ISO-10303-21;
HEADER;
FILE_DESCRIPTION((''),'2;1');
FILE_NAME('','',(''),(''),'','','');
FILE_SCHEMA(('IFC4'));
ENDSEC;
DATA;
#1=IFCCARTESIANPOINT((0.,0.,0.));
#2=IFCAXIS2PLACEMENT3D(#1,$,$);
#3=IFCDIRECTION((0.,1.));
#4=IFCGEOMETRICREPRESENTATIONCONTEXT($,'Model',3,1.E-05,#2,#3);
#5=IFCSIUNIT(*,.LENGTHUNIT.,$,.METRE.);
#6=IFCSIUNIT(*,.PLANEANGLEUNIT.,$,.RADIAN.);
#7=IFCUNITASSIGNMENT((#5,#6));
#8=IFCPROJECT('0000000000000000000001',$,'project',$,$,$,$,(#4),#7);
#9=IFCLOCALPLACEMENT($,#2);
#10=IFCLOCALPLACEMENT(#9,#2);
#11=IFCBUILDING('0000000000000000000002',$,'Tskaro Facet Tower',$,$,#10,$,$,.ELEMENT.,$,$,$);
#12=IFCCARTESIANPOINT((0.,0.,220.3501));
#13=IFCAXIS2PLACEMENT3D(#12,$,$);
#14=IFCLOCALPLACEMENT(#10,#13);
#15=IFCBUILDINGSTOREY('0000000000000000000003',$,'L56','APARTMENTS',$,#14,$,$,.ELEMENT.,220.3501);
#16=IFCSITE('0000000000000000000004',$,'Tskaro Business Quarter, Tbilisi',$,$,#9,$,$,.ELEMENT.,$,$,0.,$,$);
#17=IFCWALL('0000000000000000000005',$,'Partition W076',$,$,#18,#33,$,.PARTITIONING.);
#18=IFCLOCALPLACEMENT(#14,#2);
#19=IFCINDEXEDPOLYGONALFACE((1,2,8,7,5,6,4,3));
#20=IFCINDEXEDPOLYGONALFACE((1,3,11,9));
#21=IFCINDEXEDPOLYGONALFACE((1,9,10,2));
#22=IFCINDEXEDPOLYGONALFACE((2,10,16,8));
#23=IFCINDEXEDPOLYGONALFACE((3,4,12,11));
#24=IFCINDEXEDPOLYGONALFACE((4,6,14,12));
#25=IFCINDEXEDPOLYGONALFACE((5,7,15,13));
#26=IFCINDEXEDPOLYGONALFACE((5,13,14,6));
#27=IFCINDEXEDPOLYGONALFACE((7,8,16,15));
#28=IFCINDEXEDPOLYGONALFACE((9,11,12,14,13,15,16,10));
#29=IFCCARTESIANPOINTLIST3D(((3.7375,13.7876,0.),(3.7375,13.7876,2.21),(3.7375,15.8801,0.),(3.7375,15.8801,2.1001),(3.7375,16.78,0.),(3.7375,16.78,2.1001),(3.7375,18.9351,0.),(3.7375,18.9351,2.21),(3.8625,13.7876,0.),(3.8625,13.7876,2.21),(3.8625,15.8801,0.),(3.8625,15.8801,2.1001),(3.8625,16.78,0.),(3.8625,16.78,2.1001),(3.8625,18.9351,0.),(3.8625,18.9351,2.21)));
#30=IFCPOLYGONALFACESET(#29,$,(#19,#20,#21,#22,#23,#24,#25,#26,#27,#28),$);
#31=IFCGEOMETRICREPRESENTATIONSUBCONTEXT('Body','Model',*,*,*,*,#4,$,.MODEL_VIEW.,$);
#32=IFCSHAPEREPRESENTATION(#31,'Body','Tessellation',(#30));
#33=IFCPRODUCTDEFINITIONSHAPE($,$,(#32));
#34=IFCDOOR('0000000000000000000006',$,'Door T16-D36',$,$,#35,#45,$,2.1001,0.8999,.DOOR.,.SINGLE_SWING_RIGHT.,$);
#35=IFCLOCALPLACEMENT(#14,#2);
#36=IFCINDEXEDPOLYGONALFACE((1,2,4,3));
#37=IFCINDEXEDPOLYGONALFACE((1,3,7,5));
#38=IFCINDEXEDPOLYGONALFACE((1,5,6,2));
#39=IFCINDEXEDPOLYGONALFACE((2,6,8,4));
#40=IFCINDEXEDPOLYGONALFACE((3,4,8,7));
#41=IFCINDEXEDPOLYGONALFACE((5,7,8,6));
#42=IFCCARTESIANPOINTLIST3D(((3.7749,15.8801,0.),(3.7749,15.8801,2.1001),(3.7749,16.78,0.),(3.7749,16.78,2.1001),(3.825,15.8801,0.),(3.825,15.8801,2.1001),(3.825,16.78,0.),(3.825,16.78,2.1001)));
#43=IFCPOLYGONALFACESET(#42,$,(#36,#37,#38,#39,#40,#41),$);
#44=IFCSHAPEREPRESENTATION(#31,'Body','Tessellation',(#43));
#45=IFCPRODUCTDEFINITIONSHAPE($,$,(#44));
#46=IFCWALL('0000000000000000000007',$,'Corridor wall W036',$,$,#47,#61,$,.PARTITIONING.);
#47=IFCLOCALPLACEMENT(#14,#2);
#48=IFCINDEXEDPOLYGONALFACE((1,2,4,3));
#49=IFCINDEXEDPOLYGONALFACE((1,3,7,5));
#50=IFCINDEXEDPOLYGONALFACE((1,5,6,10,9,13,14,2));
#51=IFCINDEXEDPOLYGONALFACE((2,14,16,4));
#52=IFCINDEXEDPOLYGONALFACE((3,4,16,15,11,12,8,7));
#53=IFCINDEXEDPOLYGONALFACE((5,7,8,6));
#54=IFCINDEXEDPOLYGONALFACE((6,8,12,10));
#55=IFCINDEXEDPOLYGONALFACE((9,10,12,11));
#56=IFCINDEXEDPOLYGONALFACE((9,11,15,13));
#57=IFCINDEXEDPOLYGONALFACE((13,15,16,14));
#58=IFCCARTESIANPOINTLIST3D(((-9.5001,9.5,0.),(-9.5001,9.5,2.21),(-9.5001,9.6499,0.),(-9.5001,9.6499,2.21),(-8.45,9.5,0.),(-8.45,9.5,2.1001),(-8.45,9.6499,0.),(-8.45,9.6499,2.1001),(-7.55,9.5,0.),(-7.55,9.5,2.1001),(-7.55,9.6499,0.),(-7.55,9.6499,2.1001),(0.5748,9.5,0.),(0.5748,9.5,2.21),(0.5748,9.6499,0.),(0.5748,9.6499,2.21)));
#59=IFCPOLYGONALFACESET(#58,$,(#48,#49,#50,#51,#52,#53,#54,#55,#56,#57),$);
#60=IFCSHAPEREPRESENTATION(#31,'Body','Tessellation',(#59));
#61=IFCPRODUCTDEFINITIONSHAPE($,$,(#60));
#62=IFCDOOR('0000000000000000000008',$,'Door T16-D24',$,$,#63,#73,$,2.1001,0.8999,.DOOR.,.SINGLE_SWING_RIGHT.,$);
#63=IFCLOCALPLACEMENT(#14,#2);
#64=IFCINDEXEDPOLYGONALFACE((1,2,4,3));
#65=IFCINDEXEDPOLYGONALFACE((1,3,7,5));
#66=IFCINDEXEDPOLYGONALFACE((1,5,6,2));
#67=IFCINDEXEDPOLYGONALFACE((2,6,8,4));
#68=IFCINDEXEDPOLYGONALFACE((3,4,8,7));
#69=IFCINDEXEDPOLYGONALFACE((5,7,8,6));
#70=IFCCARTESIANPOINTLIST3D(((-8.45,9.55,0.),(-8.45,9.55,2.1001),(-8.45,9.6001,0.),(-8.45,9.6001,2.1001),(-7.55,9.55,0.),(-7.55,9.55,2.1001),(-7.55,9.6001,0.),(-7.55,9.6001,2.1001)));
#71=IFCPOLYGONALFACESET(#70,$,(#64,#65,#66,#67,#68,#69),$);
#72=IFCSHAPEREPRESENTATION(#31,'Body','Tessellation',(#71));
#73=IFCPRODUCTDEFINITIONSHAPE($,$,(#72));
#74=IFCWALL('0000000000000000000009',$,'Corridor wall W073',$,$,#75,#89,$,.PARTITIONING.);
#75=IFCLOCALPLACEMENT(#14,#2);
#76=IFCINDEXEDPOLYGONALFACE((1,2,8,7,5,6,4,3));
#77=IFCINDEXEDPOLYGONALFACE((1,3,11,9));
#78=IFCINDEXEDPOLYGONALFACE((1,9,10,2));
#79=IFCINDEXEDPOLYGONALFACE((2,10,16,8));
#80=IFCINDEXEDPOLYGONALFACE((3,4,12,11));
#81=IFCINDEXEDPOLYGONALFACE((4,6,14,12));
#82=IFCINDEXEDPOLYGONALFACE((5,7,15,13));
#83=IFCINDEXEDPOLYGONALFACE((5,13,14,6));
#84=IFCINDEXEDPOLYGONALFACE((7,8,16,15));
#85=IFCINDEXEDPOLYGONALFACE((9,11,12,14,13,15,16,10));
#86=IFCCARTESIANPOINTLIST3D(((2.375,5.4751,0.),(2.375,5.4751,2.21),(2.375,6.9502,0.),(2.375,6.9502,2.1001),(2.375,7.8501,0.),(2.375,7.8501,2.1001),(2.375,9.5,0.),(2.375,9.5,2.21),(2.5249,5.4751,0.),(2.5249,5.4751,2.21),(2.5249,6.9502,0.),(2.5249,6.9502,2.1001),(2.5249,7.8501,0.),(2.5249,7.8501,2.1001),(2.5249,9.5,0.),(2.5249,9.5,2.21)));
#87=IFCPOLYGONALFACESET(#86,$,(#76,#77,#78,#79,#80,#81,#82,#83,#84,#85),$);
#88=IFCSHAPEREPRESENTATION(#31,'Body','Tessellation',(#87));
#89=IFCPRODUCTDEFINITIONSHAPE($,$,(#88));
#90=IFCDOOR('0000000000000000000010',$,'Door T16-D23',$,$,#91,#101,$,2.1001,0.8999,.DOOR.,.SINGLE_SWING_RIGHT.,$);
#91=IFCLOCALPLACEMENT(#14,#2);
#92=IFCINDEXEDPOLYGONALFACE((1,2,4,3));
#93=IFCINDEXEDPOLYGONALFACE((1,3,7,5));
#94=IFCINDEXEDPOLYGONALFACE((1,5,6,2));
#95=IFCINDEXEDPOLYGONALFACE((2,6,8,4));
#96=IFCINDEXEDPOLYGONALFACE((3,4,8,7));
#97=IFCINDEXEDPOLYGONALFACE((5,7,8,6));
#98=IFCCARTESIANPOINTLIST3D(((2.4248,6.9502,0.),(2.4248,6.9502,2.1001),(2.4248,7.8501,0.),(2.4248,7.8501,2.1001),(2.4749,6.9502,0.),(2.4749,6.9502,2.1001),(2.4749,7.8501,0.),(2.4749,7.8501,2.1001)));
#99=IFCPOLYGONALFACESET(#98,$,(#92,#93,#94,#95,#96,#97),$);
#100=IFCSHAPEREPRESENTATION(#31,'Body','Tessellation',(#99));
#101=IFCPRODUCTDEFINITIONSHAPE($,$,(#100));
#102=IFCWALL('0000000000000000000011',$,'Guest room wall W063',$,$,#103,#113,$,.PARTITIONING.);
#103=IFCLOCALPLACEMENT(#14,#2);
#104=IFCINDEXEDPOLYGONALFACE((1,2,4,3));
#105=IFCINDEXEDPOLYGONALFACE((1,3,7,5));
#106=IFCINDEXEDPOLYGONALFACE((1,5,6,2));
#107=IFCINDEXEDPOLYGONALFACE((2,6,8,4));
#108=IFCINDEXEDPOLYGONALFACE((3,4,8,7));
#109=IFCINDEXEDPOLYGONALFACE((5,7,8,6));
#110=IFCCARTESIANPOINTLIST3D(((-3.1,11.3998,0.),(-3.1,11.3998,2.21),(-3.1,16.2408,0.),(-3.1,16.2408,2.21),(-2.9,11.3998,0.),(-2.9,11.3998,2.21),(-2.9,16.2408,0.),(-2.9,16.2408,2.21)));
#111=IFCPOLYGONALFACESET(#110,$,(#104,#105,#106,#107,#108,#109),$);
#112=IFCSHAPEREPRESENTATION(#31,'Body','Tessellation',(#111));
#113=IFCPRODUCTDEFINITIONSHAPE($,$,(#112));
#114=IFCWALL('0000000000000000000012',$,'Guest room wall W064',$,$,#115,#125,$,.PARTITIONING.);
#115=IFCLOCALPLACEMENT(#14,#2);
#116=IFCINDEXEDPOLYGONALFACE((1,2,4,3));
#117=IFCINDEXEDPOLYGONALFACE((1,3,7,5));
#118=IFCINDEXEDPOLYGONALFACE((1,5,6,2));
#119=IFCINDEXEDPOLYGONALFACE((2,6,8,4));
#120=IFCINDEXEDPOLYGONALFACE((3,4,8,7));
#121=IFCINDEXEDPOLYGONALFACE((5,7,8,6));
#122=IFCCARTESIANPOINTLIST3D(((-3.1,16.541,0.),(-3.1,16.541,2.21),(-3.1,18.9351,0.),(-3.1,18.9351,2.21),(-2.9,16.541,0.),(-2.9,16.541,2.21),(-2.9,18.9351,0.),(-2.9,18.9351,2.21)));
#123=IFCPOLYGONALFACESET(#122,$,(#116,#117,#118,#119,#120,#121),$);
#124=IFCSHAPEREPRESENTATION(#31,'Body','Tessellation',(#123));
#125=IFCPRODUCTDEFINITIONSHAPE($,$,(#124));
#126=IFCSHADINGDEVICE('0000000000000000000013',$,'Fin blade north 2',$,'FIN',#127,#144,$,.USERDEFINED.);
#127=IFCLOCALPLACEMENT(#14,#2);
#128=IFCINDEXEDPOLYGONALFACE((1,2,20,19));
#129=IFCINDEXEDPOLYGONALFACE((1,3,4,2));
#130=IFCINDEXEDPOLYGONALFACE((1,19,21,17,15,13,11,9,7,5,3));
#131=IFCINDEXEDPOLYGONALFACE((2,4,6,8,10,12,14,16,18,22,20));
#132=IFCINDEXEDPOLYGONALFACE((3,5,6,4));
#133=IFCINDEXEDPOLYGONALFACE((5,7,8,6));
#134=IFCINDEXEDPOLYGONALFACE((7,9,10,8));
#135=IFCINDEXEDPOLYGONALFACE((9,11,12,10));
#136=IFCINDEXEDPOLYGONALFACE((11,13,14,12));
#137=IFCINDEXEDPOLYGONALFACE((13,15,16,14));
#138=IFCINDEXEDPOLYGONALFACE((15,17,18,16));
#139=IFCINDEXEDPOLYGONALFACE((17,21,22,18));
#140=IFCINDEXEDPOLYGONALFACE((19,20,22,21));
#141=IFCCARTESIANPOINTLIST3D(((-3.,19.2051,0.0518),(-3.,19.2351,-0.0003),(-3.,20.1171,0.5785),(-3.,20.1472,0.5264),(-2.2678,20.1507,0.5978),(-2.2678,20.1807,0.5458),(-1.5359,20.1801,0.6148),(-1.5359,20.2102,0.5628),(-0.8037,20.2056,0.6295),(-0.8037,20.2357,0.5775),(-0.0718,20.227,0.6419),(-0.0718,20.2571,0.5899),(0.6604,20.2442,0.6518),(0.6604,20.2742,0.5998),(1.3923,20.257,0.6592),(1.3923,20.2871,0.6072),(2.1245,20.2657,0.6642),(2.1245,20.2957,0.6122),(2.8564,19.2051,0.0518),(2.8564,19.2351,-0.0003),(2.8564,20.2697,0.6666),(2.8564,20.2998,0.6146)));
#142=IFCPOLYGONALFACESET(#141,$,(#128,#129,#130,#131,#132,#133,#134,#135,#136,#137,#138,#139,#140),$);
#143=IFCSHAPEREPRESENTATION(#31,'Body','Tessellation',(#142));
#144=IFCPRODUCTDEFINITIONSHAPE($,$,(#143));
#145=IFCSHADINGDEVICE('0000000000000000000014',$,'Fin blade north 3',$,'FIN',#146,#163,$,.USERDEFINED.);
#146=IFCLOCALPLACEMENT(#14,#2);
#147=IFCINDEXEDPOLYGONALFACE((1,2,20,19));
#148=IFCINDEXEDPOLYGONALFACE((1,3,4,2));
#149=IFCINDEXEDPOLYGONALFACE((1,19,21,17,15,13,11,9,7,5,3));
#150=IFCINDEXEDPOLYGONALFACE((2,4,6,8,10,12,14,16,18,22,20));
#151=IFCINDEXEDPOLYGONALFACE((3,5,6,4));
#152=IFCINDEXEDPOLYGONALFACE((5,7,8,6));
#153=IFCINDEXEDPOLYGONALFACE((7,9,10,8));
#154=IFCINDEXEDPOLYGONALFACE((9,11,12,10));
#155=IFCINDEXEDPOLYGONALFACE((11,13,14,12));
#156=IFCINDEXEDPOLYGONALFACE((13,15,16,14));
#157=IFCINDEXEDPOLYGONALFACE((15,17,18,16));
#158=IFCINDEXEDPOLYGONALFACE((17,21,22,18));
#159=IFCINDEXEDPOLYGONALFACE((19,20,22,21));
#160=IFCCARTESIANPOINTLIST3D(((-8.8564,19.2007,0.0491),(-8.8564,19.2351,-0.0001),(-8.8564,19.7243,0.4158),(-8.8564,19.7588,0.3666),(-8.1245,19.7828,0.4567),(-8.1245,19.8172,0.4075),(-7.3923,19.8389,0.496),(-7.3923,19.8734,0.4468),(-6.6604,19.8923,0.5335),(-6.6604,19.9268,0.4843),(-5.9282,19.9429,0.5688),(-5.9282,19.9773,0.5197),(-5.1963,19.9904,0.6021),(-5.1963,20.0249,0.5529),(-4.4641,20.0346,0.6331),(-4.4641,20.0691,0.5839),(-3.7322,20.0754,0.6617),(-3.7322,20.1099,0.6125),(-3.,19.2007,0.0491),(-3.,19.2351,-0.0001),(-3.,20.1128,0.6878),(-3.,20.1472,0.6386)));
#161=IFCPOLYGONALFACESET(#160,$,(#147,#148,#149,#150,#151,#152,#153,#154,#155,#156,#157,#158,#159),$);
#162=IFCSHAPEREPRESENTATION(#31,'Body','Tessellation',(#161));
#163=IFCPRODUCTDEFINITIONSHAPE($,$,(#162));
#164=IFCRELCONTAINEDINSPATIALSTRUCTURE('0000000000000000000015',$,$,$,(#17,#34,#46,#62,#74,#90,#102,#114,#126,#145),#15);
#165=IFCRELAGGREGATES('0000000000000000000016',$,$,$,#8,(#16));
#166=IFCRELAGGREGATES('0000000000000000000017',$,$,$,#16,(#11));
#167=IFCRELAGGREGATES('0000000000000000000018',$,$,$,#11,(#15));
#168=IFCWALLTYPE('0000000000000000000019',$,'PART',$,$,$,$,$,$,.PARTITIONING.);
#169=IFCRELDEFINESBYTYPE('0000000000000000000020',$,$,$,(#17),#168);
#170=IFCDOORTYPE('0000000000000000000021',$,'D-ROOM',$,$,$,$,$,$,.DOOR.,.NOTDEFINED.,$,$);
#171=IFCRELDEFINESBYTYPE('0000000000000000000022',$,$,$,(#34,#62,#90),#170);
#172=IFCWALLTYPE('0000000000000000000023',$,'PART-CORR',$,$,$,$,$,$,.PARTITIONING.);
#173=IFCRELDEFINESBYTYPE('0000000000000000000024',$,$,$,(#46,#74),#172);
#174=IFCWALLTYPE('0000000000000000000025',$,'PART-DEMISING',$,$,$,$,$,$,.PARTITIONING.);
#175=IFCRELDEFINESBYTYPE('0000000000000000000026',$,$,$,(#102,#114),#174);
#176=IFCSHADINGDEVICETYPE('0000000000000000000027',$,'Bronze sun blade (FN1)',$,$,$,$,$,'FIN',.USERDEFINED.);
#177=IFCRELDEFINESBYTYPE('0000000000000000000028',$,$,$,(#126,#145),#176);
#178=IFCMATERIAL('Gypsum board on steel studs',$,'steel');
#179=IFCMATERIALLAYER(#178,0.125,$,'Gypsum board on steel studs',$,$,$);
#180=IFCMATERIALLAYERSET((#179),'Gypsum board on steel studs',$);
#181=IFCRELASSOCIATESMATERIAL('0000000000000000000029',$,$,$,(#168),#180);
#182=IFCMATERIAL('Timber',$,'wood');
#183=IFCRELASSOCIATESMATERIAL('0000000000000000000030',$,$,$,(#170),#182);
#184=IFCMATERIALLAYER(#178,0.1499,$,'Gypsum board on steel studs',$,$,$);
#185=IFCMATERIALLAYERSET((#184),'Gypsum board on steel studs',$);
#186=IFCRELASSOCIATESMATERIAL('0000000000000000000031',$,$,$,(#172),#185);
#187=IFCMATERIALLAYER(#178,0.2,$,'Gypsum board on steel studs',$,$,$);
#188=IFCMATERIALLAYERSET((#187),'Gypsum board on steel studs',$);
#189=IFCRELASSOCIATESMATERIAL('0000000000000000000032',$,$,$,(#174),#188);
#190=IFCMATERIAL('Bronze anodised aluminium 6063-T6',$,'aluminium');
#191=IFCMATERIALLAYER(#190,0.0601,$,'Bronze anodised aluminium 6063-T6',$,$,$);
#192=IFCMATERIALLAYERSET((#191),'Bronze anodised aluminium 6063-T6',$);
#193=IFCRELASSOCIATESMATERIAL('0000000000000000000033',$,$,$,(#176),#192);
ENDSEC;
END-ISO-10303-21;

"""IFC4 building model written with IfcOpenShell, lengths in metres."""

from ifc_helpers import new_model, si_unit, direction, frame, frame_2d, origin, place, context, subcontext, project, spatial, polyline, rectangle, outline, extrude, material, layer, layer_set, type_object, element, fill, save


model = new_model("IFC4")

# Units and contexts
model_context = context("Model", 3, precision=1e-05, world=origin(), true_north=direction((0.0, 1.0)))
body_context = subcontext(model_context, "Body", "Model", "MODEL_VIEW")
ifc_project = project(units=[si_unit("LENGTHUNIT", "METRE"), si_unit("PLANEANGLEUNIT", "RADIAN")], contexts=[model_context])

# Site, building, storey
site_placement = place(None, origin())
site = spatial("IfcSite", under=ifc_project, at=site_placement, Name="Tskaro Business Quarter, Tbilisi", CompositionType="ELEMENT", RefElevation=0.0)
building_placement = place(site_placement, origin())
building = spatial("IfcBuilding", under=site, at=building_placement, Name="Tskaro Facet Tower", CompositionType="ELEMENT")
storey_placement = place(building_placement, frame((0.0, 0.0, 220.3501)))
storey = spatial("IfcBuildingStorey", under=building, at=storey_placement, Name="L56", Description="APARTMENTS", CompositionType="ELEMENT", Elevation=220.3501)

# Shared definitions
ifc_material_1 = material(Name="Bronze anodised aluminium 6063-T6", Category="aluminium")

# Shared definitions
ifc_material_2 = material(Name="Gypsum board on steel studs", Category="steel")
ifc_layer_1 = layer(ifc_material_2, 0.125, Name="Gypsum board on steel studs")
ifc_layer_set_1 = layer_set([ifc_layer_1], Name="Gypsum board on steel studs")
wall_type_1 = type_object("IfcWallType", Name="PART", PredefinedType="PARTITIONING", material=ifc_layer_set_1)

# Shared definitions
ifc_material_3 = material(Name="Timber", Category="wood")
door_type_1 = type_object("IfcDoorType", Name="D-ROOM", OperationType="NOTDEFINED", PredefinedType="DOOR", material=ifc_material_3)

# Walls, openings, doors
wall_1_placement = place(storey_placement, frame((3.8, 18.9351, 0.0), z_axis=(0.0, 0.0, 1.0), x_axis=(0.0, -1.0, 0.0)))
wall_1 = element("IfcWall", 1, at=wall_1_placement, inside=storey, type_object=wall_type_1, Name="Partition W076", PredefinedType="PARTITIONING", context=body_context, shape_type="SweptSolid", body=[
    extrude(rectangle(XDim=5.1475, YDim=0.125, at=frame_2d((2.5737, 0.0))), origin(), (0.0, 0.0, 1.0), 2.21),
])
opening_1_placement = place(wall_1_placement, frame((2.155, 0.0, 0.0)))
opening_1 = element("IfcOpeningElement", 2, at=opening_1_placement, cuts=wall_1, PredefinedType="OPENING", context=body_context, shape_type="SweptSolid", body=[
    extrude(rectangle(XDim=0.8999, YDim=2.1001, at=frame_2d((0.45, 1.05))), frame((0.0, 0.0725, 0.0), z_axis=(0.0, -1.0, 0.0), x_axis=(1.0, 0.0, 0.0)), (0.0, 0.0, 1.0), 0.145),
])
door_1_placement = place(opening_1_placement, origin())
door_1 = element("IfcDoor", 3, at=door_1_placement, inside=storey, type_object=door_type_1, Name="Door T16-D36", OperationType="SINGLE_SWING_RIGHT", OverallHeight=2.1001, OverallWidth=0.8999, PredefinedType="DOOR", context=body_context, shape_type="SweptSolid", body=[
    extrude(rectangle(XDim=0.8999, YDim=2.1001, at=frame_2d((0.45, 1.05))), frame((0.0, 0.0249, 0.0), z_axis=(0.0, -1.0, 0.0), x_axis=(1.0, 0.0, 0.0)), (0.0, 0.0, 1.0), 0.05),
])
fill(opening_1, door_1)
ifc_layer_2 = layer(ifc_material_2, 0.1499, Name="Gypsum board on steel studs")
ifc_layer_set_2 = layer_set([ifc_layer_2], Name="Gypsum board on steel studs")
wall_type_2 = type_object("IfcWallType", Name="PART-CORR", PredefinedType="PARTITIONING", material=ifc_layer_set_2)
wall_2_placement = place(storey_placement, frame((0.575, 9.575, 0.0), z_axis=(0.0, 0.0, 1.0), x_axis=(-1.0, 0.0, 0.0)))
wall_2 = element("IfcWall", 4, at=wall_2_placement, inside=storey, type_object=wall_type_2, Name="Corridor wall W036", PredefinedType="PARTITIONING", context=body_context, shape_type="SweptSolid", body=[
    extrude(rectangle(XDim=10.075, YDim=0.1499, at=frame_2d((5.0376, 0.0))), origin(), (0.0, 0.0, 1.0), 2.21),
])
opening_2_placement = place(wall_2_placement, frame((8.125, 0.0, 0.0)))
opening_2 = element("IfcOpeningElement", 5, at=opening_2_placement, cuts=wall_2, PredefinedType="OPENING", context=body_context, shape_type="SweptSolid", body=[
    extrude(rectangle(XDim=0.8999, YDim=2.1001, at=frame_2d((0.45, 1.05))), frame((0.0, 0.085, 0.0), z_axis=(0.0, -1.0, 0.0), x_axis=(1.0, 0.0, 0.0)), (0.0, 0.0, 1.0), 0.1699),
])
door_2_placement = place(opening_2_placement, origin())
door_2 = element("IfcDoor", 6, at=door_2_placement, inside=storey, type_object=door_type_1, Name="Door T16-D24", OperationType="SINGLE_SWING_RIGHT", OverallHeight=2.1001, OverallWidth=0.8999, PredefinedType="DOOR", context=body_context, shape_type="SweptSolid", body=[
    extrude(rectangle(XDim=0.8999, YDim=2.1001, at=frame_2d((0.45, 1.05))), frame((0.0, 0.0249, 0.0), z_axis=(0.0, -1.0, 0.0), x_axis=(1.0, 0.0, 0.0)), (0.0, 0.0, 1.0), 0.05),
])
fill(opening_2, door_2)
wall_3_placement = place(storey_placement, frame((2.45, 9.5, 0.0), z_axis=(0.0, 0.0, 1.0), x_axis=(0.0, -1.0, 0.0)))
wall_3 = element("IfcWall", 7, at=wall_3_placement, inside=storey, type_object=wall_type_2, Name="Corridor wall W073", PredefinedType="PARTITIONING", context=body_context, shape_type="SweptSolid", body=[
    extrude(rectangle(XDim=4.0249, YDim=0.1499, at=frame_2d((2.0125, 0.0))), origin(), (0.0, 0.0, 1.0), 2.21),
])
opening_3_placement = place(wall_3_placement, frame((1.6499, 0.0, 0.0)))
opening_3 = element("IfcOpeningElement", 8, at=opening_3_placement, cuts=wall_3, PredefinedType="OPENING", context=body_context, shape_type="SweptSolid", body=[
    extrude(rectangle(XDim=0.8999, YDim=2.1001, at=frame_2d((0.45, 1.05))), frame((0.0, 0.085, 0.0), z_axis=(0.0, -1.0, 0.0), x_axis=(1.0, 0.0, 0.0)), (0.0, 0.0, 1.0), 0.1699),
])
door_3_placement = place(opening_3_placement, origin())
door_3 = element("IfcDoor", 9, at=door_3_placement, inside=storey, type_object=door_type_1, Name="Door T16-D23", OperationType="SINGLE_SWING_RIGHT", OverallHeight=2.1001, OverallWidth=0.8999, PredefinedType="DOOR", context=body_context, shape_type="SweptSolid", body=[
    extrude(rectangle(XDim=0.8999, YDim=2.1001, at=frame_2d((0.45, 1.05))), frame((0.0, 0.0249, 0.0), z_axis=(0.0, -1.0, 0.0), x_axis=(1.0, 0.0, 0.0)), (0.0, 0.0, 1.0), 0.05),
])
fill(opening_3, door_3)

# Walls
ifc_layer_3 = layer(ifc_material_2, 0.2, Name="Gypsum board on steel studs")
ifc_layer_set_3 = layer_set([ifc_layer_3], Name="Gypsum board on steel studs")
wall_type_3 = type_object("IfcWallType", Name="PART-DEMISING", PredefinedType="PARTITIONING", material=ifc_layer_set_3)
wall_4_placement = place(storey_placement, frame((-3.0, 11.3999, 0.0), z_axis=(0.0, 0.0, 1.0), x_axis=(0.0, 1.0, 0.0)))
element("IfcWall", 10, at=wall_4_placement, inside=storey, type_object=wall_type_3, Name="Guest room wall W063", PredefinedType="PARTITIONING", context=body_context, shape_type="SweptSolid", body=[
    extrude(rectangle(XDim=4.8411, YDim=0.2, at=frame_2d((2.4204, 0.0))), origin(), (0.0, 0.0, 1.0), 2.21),
])
wall_5_placement = place(storey_placement, frame((-3.0, 16.541, 0.0), z_axis=(0.0, 0.0, 1.0), x_axis=(0.0, 1.0, 0.0)))
element("IfcWall", 11, at=wall_5_placement, inside=storey, type_object=wall_type_3, Name="Guest room wall W064", PredefinedType="PARTITIONING", context=body_context, shape_type="SweptSolid", body=[
    extrude(rectangle(XDim=2.394, YDim=0.2, at=frame_2d((1.197, 0.0))), origin(), (0.0, 0.0, 1.0), 2.21),
])

# Shading devices
ifc_layer_4 = layer(ifc_material_1, 0.0601, Name="Bronze anodised aluminium 6063-T6")
ifc_layer_set_4 = layer_set([ifc_layer_4], Name="Bronze anodised aluminium 6063-T6")
shading_device_type = type_object("IfcShadingDeviceType", Name="Bronze sun blade (FN1)", ElementType="FIN", PredefinedType="USERDEFINED", material=ifc_layer_set_4)
shading_device_1_placement = place(storey_placement, frame((2.8564, 19.2051, 0.0518), z_axis=(0.0, -0.500084, 0.865977), x_axis=(-1.0, 0.0, 0.0)))
element("IfcShadingDevice", 12, at=shading_device_1_placement, inside=storey, type_object=shading_device_type, Name="Fin blade north 2", ObjectType="FIN", PredefinedType="USERDEFINED", context=body_context, shape_type="SweptSolid", body=[
    extrude(outline(polyline([(0.0, 0.0), (5.8564, 0.0), (5.8564, -1.0532), (5.1243, -1.0919), (4.3923, -1.126), (3.6602, -1.1554), (2.9282, -1.1801), (2.196, -1.1999), (1.4641, -1.2148), (0.7319, -1.2247), (0.0, -1.2294), (0.0, 0.0)])), origin(), (0.0, 0.0, -1.0), 0.0601),
])
shading_device_2_placement = place(storey_placement, frame((-3.0, 19.2007, 0.0491), z_axis=(0.000005, -0.573626, 0.819117), x_axis=(-1.0, -0.000003, 0.000004)))
element("IfcShadingDevice", 13, at=shading_device_2_placement, inside=storey, type_object=shading_device_type, Name="Fin blade north 3", ObjectType="FIN", PredefinedType="USERDEFINED", context=body_context, shape_type="SweptSolid", body=[
    extrude(outline(polyline([(0.0, 0.0), (5.8564, 0.0), (5.8564, -0.6393), (5.1245, -0.7106), (4.3923, -0.7792), (3.6604, -0.8444), (2.9282, -0.9061), (2.1963, -0.9641), (1.4641, -1.0181), (0.7322, -1.0679), (0.0, -1.1135), (0.0, 0.0)])), origin(), (0.0, 0.0, -1.0), 0.0601),
])

save(model, "model.ifc")
